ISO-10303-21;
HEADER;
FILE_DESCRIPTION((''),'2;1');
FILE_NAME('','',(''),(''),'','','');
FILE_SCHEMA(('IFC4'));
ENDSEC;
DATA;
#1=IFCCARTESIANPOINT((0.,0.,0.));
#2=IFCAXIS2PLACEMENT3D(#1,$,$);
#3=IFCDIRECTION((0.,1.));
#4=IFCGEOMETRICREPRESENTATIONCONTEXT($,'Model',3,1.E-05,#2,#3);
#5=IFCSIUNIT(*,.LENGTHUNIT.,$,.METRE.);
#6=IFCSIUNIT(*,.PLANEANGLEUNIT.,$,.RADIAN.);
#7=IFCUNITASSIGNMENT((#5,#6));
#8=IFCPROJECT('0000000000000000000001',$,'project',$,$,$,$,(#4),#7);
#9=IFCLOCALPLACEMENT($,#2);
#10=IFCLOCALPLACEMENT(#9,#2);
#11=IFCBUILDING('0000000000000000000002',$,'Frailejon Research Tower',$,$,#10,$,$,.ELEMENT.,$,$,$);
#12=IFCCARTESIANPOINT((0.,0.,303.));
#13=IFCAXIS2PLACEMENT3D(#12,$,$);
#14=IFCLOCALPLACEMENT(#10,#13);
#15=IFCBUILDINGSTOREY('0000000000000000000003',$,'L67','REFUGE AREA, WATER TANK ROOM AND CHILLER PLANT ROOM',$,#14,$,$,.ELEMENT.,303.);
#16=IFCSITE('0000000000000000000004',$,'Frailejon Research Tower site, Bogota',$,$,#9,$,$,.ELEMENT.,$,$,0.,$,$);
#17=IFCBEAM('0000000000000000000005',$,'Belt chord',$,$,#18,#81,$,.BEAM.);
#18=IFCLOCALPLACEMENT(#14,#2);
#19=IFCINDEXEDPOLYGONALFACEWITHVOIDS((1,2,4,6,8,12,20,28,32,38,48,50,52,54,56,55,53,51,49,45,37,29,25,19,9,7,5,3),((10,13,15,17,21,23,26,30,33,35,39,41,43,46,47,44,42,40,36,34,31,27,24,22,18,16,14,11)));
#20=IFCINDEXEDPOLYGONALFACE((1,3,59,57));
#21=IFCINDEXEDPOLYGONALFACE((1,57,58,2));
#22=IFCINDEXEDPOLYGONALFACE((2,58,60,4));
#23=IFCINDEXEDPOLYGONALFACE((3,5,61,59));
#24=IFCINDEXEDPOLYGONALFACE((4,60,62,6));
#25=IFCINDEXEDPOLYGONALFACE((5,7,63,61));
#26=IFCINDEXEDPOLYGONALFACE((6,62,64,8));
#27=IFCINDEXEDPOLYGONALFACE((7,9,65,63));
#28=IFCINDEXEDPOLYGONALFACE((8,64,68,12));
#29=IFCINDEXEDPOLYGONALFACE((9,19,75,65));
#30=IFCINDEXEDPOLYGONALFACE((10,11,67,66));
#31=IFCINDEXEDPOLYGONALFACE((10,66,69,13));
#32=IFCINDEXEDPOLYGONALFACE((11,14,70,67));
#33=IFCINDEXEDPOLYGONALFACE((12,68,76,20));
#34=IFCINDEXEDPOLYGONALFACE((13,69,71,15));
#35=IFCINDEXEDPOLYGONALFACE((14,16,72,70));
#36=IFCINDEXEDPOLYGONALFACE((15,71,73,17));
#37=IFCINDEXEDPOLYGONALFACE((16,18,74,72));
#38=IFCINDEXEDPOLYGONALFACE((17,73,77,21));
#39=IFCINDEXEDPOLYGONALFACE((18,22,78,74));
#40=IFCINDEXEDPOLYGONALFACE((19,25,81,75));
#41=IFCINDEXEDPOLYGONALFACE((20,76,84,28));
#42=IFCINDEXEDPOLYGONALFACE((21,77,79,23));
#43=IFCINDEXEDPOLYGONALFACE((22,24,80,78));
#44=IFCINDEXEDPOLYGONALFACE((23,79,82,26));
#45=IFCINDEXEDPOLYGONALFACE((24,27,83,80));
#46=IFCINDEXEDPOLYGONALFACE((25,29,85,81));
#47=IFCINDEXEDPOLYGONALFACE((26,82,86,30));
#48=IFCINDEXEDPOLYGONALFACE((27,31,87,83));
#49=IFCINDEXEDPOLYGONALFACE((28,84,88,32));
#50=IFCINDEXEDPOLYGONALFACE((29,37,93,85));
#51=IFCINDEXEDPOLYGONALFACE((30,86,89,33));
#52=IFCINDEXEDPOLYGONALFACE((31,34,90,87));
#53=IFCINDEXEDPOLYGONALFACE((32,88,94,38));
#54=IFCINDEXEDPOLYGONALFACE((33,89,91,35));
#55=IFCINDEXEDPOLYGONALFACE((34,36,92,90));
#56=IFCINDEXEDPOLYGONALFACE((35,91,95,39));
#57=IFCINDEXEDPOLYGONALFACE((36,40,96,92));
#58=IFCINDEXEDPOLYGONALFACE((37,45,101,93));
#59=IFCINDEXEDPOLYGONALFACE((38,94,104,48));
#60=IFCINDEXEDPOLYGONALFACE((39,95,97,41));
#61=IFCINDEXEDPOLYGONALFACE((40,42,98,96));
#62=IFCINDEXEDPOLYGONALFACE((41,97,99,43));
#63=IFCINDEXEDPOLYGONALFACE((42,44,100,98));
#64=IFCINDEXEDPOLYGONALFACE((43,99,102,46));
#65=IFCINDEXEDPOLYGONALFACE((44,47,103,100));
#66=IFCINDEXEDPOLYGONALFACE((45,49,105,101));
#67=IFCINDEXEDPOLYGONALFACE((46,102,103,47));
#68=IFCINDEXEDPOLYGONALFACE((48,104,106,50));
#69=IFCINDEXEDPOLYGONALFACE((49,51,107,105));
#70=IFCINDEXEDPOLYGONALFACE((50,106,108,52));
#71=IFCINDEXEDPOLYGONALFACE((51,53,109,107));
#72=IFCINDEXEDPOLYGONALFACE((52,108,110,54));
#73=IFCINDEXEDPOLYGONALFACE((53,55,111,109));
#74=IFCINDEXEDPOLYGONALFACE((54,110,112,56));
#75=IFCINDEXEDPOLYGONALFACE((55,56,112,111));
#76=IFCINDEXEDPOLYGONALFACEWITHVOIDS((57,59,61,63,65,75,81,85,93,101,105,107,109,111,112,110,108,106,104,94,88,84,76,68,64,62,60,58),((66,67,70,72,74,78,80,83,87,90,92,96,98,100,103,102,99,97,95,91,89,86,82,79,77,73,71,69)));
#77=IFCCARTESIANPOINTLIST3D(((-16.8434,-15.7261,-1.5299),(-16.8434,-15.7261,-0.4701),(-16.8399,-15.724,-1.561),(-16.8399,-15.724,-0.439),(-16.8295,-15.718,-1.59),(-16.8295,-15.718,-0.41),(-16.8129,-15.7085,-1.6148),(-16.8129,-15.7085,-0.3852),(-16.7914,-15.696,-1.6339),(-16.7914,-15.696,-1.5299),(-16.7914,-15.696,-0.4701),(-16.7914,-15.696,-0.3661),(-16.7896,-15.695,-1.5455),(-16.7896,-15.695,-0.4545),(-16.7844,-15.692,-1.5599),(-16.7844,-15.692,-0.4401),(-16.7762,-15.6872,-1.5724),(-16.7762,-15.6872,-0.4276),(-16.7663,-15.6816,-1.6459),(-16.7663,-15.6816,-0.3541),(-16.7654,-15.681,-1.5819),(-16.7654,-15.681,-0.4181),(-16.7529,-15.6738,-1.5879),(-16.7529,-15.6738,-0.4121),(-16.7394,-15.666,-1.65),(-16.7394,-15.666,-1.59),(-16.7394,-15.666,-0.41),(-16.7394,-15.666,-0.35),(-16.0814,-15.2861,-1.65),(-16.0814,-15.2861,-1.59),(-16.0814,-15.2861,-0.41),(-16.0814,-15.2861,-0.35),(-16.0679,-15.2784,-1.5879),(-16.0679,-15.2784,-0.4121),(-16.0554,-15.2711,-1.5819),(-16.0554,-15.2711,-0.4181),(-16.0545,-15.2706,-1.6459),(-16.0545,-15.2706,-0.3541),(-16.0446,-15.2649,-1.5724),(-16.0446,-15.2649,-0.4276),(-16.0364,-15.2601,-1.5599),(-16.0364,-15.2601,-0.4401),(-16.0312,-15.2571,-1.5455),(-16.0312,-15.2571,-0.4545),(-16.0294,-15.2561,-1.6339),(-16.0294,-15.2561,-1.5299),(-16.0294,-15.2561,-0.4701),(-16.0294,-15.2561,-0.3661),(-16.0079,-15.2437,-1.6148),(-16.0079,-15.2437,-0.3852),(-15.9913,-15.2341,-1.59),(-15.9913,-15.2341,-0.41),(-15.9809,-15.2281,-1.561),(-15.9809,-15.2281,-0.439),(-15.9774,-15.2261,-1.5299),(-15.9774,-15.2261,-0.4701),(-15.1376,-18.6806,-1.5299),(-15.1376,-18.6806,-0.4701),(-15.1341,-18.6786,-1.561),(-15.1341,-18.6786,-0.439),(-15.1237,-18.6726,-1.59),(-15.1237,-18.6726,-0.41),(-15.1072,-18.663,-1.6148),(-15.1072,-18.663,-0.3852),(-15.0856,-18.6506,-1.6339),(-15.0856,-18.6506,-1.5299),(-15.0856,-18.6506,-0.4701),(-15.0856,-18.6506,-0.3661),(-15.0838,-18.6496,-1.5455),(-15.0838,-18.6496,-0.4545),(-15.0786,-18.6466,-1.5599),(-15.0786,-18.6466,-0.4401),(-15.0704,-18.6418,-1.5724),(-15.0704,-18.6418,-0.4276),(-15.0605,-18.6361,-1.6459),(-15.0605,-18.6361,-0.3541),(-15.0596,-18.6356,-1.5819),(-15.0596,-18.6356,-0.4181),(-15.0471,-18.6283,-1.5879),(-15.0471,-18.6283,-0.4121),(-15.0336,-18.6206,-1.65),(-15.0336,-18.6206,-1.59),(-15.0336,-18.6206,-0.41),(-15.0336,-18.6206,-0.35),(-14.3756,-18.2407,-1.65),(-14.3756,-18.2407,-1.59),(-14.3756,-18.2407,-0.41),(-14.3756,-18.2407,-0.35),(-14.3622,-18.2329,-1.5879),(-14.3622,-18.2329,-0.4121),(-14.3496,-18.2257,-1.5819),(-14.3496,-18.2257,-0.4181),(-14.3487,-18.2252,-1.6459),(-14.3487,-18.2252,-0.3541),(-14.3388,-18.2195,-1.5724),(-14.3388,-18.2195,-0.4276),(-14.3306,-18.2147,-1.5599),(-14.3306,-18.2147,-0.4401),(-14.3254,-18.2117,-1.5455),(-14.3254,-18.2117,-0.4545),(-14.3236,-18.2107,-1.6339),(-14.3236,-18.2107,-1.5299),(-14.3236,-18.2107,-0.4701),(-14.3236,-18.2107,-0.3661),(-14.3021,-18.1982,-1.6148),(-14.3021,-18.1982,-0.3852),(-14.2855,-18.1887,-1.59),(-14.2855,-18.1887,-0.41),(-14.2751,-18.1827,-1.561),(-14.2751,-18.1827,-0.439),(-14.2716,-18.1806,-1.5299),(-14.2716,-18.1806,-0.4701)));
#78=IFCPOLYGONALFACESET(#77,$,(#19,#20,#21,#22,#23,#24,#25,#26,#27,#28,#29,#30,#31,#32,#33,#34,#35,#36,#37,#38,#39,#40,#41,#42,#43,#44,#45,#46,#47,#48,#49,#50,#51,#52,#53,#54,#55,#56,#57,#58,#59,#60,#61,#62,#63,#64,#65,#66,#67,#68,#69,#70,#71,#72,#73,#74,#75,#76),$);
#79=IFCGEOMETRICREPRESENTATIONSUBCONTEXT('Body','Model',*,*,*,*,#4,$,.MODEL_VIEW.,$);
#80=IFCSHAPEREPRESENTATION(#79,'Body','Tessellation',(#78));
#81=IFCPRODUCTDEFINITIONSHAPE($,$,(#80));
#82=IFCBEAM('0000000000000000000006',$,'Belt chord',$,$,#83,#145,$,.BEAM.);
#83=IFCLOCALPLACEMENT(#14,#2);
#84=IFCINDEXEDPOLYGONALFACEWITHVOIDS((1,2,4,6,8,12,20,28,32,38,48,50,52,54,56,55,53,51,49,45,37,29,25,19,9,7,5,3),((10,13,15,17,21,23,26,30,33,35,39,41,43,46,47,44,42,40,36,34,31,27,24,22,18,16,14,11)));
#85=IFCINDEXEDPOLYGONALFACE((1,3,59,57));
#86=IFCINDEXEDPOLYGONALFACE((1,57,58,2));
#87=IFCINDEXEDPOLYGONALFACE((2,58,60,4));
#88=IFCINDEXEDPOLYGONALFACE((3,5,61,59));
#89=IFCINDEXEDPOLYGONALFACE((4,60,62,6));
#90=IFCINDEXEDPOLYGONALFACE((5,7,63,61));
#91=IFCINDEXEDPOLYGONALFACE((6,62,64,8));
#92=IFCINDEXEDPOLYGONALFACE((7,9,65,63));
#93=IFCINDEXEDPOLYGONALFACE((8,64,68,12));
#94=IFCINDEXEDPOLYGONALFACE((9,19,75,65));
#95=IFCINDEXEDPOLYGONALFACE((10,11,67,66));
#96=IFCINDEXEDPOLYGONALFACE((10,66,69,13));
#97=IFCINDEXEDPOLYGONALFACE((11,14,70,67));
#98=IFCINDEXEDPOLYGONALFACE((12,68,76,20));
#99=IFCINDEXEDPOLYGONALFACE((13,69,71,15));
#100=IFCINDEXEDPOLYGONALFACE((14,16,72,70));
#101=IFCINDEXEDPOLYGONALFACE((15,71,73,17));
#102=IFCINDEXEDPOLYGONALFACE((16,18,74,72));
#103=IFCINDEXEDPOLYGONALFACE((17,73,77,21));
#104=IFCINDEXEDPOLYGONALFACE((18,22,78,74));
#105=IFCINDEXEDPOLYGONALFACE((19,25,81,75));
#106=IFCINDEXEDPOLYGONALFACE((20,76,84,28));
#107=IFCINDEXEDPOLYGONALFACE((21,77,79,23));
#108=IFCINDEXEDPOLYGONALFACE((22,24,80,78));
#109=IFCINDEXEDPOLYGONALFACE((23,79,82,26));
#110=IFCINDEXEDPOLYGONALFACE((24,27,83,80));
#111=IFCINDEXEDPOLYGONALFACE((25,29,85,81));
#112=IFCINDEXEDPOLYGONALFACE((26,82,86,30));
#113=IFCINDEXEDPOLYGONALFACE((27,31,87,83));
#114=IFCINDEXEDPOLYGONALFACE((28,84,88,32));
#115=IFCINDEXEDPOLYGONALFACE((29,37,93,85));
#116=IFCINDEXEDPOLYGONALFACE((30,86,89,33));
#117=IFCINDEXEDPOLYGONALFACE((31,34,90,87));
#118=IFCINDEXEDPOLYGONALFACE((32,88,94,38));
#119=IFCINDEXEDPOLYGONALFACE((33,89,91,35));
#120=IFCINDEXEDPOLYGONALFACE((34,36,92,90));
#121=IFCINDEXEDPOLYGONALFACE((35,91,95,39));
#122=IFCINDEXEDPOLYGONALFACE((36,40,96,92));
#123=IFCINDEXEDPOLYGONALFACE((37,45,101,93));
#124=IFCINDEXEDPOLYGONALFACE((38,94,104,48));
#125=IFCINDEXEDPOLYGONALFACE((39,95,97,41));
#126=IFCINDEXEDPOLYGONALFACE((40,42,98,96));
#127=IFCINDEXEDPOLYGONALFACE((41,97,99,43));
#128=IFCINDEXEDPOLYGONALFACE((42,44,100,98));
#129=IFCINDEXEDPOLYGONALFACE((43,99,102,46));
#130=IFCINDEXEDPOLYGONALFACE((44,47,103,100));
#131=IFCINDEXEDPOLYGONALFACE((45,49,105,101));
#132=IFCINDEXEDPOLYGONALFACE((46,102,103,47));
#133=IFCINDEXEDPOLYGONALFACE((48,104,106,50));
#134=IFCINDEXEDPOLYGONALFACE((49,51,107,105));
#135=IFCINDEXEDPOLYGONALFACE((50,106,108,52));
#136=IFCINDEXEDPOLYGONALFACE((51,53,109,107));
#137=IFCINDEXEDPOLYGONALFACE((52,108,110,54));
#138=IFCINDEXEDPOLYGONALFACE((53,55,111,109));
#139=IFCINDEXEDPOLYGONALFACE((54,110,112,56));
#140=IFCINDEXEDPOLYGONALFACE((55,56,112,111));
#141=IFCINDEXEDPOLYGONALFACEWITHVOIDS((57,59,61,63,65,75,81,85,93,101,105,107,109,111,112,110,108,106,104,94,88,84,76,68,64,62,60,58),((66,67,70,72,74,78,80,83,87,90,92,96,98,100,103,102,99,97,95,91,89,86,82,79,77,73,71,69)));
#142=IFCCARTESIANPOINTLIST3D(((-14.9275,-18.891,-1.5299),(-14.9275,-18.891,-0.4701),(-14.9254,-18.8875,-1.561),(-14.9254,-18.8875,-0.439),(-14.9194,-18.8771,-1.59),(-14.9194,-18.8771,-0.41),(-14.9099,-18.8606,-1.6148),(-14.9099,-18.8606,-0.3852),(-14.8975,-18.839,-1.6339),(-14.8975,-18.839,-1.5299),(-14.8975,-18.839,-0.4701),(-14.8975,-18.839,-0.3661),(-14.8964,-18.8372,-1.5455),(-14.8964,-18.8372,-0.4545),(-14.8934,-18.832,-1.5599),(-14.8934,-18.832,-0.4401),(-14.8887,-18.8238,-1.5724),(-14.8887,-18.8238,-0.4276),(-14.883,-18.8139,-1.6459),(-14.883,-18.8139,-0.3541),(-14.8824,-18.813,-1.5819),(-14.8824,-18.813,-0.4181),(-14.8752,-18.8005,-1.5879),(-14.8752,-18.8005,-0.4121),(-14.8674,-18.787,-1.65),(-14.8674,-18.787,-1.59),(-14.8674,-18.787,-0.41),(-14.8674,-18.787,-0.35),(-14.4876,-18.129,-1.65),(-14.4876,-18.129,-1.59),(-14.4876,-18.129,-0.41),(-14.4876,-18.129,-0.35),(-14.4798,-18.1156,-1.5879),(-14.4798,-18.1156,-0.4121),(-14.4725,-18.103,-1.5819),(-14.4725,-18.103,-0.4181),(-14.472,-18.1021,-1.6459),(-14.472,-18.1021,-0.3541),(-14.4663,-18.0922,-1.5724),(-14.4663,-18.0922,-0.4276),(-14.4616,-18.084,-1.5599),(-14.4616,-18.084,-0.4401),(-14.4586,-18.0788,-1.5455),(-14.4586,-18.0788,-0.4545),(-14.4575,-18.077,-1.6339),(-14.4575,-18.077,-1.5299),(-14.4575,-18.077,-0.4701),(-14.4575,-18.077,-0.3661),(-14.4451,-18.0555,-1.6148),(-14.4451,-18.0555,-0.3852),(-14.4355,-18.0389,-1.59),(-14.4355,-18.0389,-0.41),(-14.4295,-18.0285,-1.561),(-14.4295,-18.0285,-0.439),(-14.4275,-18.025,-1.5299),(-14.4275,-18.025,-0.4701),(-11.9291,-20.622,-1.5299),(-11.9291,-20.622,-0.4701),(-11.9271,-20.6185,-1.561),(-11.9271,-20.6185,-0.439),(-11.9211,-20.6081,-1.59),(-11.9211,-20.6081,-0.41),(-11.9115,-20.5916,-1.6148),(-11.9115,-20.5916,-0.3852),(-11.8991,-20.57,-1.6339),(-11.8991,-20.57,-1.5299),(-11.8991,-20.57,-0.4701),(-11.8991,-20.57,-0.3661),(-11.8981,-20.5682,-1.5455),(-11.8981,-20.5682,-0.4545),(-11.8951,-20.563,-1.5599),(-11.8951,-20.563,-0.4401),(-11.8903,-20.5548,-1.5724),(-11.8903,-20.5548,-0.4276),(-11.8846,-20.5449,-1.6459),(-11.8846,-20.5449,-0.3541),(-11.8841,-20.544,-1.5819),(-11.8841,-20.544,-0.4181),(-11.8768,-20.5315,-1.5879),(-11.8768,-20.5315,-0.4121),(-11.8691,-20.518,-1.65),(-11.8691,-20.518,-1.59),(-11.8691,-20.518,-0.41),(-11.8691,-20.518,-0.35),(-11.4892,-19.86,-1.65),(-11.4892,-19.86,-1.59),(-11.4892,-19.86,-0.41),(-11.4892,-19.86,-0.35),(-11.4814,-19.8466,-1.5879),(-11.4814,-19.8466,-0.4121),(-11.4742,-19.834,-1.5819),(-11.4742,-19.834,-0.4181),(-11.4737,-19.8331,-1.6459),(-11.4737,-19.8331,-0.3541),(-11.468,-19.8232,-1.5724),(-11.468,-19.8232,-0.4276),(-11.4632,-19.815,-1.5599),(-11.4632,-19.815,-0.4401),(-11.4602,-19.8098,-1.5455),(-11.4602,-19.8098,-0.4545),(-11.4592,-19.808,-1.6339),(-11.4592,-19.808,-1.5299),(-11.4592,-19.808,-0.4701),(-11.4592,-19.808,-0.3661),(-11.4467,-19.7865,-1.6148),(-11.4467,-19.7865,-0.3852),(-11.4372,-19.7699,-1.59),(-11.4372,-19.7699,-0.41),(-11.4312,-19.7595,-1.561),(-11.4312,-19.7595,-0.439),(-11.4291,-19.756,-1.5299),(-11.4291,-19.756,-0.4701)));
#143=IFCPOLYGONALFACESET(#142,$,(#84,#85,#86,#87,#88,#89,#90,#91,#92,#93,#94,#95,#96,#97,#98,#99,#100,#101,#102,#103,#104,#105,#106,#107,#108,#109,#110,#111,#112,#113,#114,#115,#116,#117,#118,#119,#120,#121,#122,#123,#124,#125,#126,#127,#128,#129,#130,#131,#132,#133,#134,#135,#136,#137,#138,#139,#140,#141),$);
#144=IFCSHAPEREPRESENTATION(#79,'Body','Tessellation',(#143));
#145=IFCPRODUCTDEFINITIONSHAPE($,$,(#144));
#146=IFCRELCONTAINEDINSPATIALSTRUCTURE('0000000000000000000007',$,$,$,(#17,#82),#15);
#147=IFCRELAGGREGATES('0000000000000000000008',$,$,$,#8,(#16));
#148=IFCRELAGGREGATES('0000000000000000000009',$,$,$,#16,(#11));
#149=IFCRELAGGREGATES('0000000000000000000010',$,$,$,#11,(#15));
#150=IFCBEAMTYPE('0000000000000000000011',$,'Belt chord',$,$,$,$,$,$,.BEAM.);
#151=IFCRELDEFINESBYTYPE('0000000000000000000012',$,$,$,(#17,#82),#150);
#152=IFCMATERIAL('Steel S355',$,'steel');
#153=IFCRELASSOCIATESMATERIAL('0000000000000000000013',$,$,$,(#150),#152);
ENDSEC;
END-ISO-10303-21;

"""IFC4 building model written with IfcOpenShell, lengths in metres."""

from ifc_helpers import new_model, si_unit, direction, frame, origin, origin_2d, place, context, subcontext, project, spatial, hollow_rectangle, extrude, material, material_profile, profile_set, type_object, element, save


model = new_model("IFC4")

# Units and contexts
model_context = context("Model", 3, precision=1e-05, world=origin(), true_north=direction((0.0, 1.0)))
body_context = subcontext(model_context, "Body", "Model", "MODEL_VIEW")
ifc_project = project(units=[si_unit("LENGTHUNIT", "METRE"), si_unit("PLANEANGLEUNIT", "RADIAN")], contexts=[model_context])

# Site, building, storey
site_placement = place(None, origin())
site = spatial("IfcSite", under=ifc_project, at=site_placement, Name="Frailejon Research Tower site, Bogota", CompositionType="ELEMENT", RefElevation=0.0)
building_placement = place(site_placement, origin())
building = spatial("IfcBuilding", under=site, at=building_placement, Name="Frailejon Research Tower", CompositionType="ELEMENT")
storey_placement = place(building_placement, frame((0.0, 0.0, 303.0)))
storey = spatial("IfcBuildingStorey", under=building, at=storey_placement, Name="L67", Description="REFUGE AREA, WATER TANK ROOM AND CHILLER PLANT ROOM", CompositionType="ELEMENT", Elevation=303.0)

# Beams
ifc_material_1 = material(Name="Steel S355", Category="steel")
ifc_material_profile_1 = material_profile(ifc_material_1, hollow_rectangle(XDim=1.0, YDim=1.3, WallThickness=0.0601, InnerFilletRadius=0.0601, OuterFilletRadius=0.1201, at=origin_2d()), Name="Belt chord")
ifc_profile_set_1 = profile_set([ifc_material_profile_1], Name="Steel S355")
beam_type_1 = type_object("IfcBeamType", Name="Belt chord", PredefinedType="BEAM", material=ifc_profile_set_1)
for number, where, z_axis, x_axis, name in (
    (1, (-16.4104, -15.4761, -1.0), (0.499995, -0.866028, 0.0), (0.866028, 0.499995, 0.0), "Belt chord"),
):
    element("IfcBeam", number, at=place(storey_placement, frame(where, z_axis=z_axis, x_axis=x_axis)), inside=storey, type_object=beam_type_1, Name=name, PredefinedType="BEAM", context=body_context, shape_type="SweptSolid", body=[
        extrude(hollow_rectangle(XDim=1.0, YDim=1.3, WallThickness=0.0601, InnerFilletRadius=0.0601, OuterFilletRadius=0.1201, at=origin_2d()), origin(), (0.0, 0.0, 1.0), 3.4116),
    ])
beam_1_placement = place(storey_placement, frame((-14.6775, -18.458, -1.0), z_axis=(0.866039, -0.499977, 0.0), x_axis=(0.499977, 0.866039, 0.0)))
element("IfcBeam", 2, at=beam_1_placement, inside=storey, type_object=beam_type_1, Name="Belt chord", PredefinedType="BEAM", context=body_context, shape_type="SweptSolid", body=[
    extrude(hollow_rectangle(XDim=1.0, YDim=1.3, WallThickness=0.0601, InnerFilletRadius=0.0601, OuterFilletRadius=0.1201, at=origin_2d()), origin(), (0.0, 0.0, 1.0), 3.4622),
])

save(model, "model.ifc")
